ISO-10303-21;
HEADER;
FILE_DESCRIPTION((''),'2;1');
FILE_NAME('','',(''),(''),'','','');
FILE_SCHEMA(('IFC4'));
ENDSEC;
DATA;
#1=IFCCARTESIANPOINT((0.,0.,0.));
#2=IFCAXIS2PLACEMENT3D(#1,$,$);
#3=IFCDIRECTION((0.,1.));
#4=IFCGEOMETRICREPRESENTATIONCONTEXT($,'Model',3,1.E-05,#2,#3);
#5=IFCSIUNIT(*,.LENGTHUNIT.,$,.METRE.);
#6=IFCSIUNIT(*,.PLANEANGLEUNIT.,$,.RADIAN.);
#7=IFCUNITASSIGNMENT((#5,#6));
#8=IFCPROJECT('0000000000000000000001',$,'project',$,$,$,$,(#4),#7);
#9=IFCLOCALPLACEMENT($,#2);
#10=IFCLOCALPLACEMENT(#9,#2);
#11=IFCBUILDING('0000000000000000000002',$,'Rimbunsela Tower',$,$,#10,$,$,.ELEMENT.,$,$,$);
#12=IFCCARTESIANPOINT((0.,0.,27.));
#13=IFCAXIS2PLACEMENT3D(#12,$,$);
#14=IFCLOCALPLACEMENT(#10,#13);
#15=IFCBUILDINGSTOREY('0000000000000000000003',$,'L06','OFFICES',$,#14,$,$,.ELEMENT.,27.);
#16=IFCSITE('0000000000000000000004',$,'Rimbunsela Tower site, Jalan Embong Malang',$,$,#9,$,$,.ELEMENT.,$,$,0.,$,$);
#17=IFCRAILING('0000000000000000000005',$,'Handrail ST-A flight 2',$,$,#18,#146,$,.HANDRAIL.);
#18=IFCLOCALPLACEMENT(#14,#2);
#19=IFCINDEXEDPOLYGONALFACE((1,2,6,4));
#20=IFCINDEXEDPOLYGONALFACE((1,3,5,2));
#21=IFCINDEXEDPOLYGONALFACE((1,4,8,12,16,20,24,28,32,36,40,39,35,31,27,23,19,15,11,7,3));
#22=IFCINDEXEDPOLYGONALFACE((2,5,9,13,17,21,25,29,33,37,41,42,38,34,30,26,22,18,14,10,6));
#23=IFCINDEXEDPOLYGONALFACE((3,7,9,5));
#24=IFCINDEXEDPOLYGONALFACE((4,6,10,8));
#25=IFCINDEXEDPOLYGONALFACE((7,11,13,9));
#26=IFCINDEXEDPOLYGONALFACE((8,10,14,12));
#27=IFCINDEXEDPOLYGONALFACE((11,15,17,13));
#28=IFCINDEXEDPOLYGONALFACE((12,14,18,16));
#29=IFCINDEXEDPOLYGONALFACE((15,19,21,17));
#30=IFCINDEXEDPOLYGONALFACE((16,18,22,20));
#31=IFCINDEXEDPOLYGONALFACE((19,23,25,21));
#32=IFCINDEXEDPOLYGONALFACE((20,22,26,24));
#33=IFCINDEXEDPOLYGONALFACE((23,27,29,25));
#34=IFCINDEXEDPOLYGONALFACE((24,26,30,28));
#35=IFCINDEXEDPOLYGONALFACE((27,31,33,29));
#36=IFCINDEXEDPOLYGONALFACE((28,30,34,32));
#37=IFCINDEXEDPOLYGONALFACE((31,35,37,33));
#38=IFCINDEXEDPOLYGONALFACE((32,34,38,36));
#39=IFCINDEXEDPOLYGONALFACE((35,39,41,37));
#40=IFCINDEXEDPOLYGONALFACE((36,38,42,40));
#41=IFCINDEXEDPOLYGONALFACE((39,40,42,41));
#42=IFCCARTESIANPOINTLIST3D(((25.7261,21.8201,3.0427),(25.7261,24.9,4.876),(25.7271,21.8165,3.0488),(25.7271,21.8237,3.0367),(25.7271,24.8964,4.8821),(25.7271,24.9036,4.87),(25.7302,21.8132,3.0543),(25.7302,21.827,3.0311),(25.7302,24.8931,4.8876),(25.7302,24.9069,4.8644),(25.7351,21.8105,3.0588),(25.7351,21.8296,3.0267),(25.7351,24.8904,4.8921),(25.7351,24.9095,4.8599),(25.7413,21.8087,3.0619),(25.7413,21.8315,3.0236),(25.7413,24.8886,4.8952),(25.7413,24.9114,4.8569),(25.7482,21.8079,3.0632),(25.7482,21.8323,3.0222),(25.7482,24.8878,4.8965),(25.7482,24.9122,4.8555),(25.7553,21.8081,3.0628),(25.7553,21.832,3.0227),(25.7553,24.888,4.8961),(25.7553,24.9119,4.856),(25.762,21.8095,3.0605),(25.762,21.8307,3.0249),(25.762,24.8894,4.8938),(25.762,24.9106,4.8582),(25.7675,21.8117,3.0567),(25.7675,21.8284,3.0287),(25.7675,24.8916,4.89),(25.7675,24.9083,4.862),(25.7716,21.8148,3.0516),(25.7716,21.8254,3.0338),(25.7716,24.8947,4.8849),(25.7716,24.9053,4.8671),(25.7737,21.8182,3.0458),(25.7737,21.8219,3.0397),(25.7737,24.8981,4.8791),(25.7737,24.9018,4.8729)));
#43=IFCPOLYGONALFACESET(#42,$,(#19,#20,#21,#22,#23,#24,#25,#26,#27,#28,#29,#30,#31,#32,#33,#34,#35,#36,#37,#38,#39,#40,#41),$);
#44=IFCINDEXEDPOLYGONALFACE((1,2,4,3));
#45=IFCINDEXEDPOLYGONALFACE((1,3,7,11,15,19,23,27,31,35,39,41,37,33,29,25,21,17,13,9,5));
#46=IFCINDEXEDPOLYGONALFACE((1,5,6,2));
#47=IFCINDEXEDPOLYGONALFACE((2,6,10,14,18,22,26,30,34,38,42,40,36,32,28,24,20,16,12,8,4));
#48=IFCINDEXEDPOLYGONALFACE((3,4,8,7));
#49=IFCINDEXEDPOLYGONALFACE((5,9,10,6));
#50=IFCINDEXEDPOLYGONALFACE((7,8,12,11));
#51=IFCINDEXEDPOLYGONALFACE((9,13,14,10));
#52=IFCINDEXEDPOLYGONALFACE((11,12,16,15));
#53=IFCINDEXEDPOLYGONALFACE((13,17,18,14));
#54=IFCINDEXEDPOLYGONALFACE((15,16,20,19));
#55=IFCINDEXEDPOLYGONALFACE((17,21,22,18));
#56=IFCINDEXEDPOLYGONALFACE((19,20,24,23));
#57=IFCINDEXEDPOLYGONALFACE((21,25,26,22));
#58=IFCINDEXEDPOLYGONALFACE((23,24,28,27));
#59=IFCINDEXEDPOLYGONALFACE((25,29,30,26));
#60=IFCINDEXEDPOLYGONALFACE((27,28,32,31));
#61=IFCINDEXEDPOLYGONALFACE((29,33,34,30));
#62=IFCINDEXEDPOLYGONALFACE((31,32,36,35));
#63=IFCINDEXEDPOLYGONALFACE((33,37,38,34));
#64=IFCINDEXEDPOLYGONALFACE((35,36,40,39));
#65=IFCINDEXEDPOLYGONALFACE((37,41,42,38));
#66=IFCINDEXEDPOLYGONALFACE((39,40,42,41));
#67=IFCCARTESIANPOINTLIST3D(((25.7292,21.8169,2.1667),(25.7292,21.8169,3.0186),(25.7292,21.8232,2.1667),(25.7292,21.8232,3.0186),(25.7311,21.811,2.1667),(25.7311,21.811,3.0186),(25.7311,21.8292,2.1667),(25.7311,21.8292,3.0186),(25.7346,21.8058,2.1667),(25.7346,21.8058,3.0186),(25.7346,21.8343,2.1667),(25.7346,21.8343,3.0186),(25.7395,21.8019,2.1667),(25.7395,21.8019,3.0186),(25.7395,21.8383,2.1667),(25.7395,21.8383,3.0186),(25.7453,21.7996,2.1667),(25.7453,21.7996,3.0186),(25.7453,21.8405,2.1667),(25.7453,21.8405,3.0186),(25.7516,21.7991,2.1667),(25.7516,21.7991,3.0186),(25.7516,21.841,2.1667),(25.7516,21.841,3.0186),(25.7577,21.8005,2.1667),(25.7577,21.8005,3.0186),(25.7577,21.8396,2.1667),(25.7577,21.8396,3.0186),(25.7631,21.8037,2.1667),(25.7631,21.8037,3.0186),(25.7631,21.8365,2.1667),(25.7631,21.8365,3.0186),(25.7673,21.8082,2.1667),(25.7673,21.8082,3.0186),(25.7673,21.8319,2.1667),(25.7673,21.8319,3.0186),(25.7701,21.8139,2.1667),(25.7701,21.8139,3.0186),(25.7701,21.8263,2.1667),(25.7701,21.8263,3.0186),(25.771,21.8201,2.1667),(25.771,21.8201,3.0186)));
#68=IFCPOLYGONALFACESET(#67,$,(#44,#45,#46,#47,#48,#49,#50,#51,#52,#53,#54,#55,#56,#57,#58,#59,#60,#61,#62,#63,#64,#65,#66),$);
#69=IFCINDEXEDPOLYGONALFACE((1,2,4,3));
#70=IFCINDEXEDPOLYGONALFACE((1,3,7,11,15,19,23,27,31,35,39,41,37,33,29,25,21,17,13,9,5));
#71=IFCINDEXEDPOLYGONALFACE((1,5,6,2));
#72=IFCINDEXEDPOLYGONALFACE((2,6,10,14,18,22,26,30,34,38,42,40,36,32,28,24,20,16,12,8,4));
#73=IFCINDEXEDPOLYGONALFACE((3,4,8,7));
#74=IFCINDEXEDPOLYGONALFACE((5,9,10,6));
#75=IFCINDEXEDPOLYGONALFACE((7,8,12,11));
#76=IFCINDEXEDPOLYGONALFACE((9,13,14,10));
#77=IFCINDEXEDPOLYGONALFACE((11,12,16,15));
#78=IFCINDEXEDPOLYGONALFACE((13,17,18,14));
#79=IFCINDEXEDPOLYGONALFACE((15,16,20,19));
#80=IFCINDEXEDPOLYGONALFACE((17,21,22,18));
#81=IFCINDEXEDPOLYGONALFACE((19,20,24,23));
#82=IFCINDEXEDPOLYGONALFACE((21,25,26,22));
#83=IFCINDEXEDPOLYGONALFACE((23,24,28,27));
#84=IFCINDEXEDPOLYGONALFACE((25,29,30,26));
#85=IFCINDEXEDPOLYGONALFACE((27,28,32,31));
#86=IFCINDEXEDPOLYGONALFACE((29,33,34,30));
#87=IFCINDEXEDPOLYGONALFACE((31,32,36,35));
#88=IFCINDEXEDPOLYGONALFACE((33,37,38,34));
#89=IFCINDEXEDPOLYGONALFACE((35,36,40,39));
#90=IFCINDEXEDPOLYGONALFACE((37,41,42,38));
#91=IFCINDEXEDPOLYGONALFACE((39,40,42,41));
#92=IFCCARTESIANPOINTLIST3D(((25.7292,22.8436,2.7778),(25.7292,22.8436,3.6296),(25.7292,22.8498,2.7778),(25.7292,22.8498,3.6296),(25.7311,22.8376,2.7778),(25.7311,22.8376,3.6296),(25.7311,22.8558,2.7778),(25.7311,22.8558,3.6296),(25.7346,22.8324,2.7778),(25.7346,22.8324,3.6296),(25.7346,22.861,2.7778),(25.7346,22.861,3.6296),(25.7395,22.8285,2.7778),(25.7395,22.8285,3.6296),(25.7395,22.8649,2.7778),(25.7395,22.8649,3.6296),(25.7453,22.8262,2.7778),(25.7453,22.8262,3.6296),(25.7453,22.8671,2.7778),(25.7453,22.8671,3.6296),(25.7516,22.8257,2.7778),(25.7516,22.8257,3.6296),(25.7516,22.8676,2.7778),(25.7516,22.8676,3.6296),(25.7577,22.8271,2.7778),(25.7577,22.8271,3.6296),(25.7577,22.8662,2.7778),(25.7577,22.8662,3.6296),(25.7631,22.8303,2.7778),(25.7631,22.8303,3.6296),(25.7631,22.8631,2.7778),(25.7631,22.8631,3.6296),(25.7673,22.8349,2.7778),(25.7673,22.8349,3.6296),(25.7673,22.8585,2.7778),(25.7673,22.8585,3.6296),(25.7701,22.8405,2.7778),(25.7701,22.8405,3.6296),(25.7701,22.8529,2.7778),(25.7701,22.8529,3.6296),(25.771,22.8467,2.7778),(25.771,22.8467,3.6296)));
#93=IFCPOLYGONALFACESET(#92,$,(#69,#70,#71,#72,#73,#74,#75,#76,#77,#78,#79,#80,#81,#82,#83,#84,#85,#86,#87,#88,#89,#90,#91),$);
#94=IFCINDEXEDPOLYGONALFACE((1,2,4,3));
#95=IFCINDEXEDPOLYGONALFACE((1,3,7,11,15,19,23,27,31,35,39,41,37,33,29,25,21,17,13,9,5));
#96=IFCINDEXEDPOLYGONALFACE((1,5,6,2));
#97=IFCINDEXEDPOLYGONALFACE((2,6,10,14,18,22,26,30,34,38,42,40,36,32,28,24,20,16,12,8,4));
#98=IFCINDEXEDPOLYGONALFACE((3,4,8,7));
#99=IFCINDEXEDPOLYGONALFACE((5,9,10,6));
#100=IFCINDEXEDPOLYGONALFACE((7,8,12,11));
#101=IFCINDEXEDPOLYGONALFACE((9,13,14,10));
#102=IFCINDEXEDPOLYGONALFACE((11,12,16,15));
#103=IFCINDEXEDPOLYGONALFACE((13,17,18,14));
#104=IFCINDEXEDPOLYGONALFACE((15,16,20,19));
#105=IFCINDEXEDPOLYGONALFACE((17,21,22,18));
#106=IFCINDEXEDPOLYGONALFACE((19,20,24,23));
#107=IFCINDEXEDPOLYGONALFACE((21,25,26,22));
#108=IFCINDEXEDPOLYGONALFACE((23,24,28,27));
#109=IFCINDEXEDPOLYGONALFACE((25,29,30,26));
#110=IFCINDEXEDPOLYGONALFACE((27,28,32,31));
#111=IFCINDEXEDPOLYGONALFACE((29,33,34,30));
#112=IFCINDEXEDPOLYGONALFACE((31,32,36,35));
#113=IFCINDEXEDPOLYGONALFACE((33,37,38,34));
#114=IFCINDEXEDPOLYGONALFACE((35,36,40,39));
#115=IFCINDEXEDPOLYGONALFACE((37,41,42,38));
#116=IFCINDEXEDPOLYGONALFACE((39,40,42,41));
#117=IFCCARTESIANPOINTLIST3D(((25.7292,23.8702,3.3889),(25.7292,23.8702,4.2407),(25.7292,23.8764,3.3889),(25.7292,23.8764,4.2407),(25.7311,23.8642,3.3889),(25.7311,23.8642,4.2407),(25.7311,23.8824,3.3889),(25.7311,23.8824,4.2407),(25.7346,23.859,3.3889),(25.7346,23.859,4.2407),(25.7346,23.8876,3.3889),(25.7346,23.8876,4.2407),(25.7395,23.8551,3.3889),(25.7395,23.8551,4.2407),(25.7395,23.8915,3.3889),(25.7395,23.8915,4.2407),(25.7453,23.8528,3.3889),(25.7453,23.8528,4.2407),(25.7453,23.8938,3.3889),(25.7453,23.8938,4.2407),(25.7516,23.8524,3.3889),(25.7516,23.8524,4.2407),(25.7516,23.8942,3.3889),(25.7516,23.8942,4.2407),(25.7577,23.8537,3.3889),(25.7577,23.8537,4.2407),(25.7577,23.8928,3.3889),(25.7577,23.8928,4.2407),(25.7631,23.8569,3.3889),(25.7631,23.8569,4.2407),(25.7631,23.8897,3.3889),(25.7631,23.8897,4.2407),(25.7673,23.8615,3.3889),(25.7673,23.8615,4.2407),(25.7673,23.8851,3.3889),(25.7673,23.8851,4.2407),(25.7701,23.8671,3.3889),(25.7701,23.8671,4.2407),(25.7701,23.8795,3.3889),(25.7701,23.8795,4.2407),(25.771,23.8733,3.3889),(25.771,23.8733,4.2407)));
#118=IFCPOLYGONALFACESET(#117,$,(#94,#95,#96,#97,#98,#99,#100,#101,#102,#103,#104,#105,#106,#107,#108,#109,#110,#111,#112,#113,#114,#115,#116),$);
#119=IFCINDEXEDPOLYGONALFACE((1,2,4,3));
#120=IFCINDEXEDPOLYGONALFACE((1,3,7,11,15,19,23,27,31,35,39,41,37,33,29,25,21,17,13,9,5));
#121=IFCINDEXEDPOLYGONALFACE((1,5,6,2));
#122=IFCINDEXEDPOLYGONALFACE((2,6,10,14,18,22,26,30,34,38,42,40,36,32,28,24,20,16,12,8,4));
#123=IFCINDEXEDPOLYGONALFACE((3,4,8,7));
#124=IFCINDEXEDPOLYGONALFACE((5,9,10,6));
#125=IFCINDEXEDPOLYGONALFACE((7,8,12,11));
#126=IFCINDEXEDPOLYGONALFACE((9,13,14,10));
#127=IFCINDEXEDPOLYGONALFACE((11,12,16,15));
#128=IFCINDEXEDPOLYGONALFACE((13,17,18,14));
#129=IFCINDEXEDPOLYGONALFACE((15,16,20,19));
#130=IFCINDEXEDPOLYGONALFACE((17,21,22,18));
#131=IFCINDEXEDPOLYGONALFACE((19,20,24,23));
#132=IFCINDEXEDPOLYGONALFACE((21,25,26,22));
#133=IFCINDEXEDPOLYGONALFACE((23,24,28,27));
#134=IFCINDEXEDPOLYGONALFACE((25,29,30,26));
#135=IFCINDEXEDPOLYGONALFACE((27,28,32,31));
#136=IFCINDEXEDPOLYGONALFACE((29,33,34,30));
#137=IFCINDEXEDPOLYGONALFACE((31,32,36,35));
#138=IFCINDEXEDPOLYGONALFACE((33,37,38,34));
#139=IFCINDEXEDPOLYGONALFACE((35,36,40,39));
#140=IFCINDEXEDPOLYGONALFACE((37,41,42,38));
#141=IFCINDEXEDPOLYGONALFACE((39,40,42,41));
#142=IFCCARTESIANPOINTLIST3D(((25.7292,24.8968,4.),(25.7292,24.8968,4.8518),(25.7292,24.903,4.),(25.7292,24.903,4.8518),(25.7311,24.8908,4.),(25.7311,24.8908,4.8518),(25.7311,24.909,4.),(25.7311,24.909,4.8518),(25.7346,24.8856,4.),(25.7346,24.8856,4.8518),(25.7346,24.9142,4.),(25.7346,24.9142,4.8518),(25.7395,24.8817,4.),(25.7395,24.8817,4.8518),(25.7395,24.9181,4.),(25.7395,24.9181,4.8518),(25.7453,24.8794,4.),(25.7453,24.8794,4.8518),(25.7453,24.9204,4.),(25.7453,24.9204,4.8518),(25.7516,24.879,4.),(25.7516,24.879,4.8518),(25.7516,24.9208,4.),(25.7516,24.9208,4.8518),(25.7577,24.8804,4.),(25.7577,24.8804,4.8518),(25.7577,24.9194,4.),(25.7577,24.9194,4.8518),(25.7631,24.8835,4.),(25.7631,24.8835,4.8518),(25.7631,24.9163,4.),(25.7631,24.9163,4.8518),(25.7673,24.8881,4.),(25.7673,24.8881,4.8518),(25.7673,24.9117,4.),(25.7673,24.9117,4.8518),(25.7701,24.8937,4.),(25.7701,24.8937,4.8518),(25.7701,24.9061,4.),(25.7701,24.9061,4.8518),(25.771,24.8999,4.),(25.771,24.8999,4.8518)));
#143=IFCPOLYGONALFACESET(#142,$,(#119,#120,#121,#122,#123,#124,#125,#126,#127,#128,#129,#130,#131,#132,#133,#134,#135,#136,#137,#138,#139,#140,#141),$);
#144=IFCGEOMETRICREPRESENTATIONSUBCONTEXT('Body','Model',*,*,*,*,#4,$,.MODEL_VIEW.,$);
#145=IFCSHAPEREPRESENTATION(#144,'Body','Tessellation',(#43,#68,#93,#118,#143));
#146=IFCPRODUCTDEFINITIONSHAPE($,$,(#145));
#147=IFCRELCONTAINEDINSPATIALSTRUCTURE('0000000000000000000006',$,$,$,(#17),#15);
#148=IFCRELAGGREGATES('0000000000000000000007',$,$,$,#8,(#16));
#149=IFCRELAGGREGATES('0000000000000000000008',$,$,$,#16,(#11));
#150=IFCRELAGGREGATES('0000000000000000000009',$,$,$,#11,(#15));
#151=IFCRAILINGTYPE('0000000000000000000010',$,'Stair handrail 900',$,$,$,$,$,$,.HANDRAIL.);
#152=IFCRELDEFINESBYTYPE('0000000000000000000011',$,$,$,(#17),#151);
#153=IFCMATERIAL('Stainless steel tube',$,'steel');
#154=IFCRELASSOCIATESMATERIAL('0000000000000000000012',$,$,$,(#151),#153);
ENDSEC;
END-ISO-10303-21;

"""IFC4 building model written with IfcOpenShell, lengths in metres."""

from ifc_helpers import new_model, si_unit, direction, frame, origin, origin_2d, place, context, subcontext, project, spatial, circle, extrude, material, type_object, element, save


model = new_model("IFC4")

# Units and contexts
model_context = context("Model", 3, precision=1e-05, world=origin(), true_north=direction((0.0, 1.0)))
body_context = subcontext(model_context, "Body", "Model", "MODEL_VIEW")
ifc_project = project(units=[si_unit("LENGTHUNIT", "METRE"), si_unit("PLANEANGLEUNIT", "RADIAN")], contexts=[model_context])

# Site, building, storey
site_placement = place(None, origin())
site = spatial("IfcSite", under=ifc_project, at=site_placement, Name="Rimbunsela Tower site, Jalan Embong Malang", CompositionType="ELEMENT", RefElevation=0.0)
building_placement = place(site_placement, origin())
building = spatial("IfcBuilding", under=site, at=building_placement, Name="Rimbunsela Tower", CompositionType="ELEMENT")
storey_placement = place(building_placement, frame((0.0, 0.0, 27.0)))
storey = spatial("IfcBuildingStorey", under=building, at=storey_placement, Name="L06", Description="OFFICES", CompositionType="ELEMENT", Elevation=27.0)

# Railing
ifc_material_1 = material(Name="Stainless steel tube", Category="steel")
railing_type = type_object("IfcRailingType", Name="Stair handrail 900", PredefinedType="HANDRAIL", material=ifc_material_1)
railing_1_placement = place(storey_placement, frame((25.75, 21.8201, 2.1667)))
element("IfcRailing", 1, at=railing_1_placement, inside=storey, type_object=railing_type, Name="Handrail ST-A flight 2", PredefinedType="HANDRAIL", context=body_context, shape_type="SweptSolid", body=[
    extrude(circle(Radius=0.0239, at=origin_2d()), frame((0.0, 0.0, 0.876), z_axis=(0.0, 0.859291, 0.511487), x_axis=(-1.0, 0.0, 0.0)), (0.0, 0.0, 1.0), 3.5842),
    extrude(circle(Radius=0.021, at=origin_2d()), origin(), (0.0, 0.0, 1.0), 0.8518),
    extrude(circle(Radius=0.021, at=origin_2d()), frame((0.0, 1.0266, 0.6111)), (0.0, 0.0, 1.0), 0.8518),
    extrude(circle(Radius=0.021, at=origin_2d()), frame((0.0, 2.0532, 1.2222)), (0.0, 0.0, 1.0), 0.8518),
    extrude(circle(Radius=0.021, at=origin_2d()), frame((0.0, 3.0798, 1.8333)), (0.0, 0.0, 1.0), 0.8518),
])

save(model, "model.ifc")
